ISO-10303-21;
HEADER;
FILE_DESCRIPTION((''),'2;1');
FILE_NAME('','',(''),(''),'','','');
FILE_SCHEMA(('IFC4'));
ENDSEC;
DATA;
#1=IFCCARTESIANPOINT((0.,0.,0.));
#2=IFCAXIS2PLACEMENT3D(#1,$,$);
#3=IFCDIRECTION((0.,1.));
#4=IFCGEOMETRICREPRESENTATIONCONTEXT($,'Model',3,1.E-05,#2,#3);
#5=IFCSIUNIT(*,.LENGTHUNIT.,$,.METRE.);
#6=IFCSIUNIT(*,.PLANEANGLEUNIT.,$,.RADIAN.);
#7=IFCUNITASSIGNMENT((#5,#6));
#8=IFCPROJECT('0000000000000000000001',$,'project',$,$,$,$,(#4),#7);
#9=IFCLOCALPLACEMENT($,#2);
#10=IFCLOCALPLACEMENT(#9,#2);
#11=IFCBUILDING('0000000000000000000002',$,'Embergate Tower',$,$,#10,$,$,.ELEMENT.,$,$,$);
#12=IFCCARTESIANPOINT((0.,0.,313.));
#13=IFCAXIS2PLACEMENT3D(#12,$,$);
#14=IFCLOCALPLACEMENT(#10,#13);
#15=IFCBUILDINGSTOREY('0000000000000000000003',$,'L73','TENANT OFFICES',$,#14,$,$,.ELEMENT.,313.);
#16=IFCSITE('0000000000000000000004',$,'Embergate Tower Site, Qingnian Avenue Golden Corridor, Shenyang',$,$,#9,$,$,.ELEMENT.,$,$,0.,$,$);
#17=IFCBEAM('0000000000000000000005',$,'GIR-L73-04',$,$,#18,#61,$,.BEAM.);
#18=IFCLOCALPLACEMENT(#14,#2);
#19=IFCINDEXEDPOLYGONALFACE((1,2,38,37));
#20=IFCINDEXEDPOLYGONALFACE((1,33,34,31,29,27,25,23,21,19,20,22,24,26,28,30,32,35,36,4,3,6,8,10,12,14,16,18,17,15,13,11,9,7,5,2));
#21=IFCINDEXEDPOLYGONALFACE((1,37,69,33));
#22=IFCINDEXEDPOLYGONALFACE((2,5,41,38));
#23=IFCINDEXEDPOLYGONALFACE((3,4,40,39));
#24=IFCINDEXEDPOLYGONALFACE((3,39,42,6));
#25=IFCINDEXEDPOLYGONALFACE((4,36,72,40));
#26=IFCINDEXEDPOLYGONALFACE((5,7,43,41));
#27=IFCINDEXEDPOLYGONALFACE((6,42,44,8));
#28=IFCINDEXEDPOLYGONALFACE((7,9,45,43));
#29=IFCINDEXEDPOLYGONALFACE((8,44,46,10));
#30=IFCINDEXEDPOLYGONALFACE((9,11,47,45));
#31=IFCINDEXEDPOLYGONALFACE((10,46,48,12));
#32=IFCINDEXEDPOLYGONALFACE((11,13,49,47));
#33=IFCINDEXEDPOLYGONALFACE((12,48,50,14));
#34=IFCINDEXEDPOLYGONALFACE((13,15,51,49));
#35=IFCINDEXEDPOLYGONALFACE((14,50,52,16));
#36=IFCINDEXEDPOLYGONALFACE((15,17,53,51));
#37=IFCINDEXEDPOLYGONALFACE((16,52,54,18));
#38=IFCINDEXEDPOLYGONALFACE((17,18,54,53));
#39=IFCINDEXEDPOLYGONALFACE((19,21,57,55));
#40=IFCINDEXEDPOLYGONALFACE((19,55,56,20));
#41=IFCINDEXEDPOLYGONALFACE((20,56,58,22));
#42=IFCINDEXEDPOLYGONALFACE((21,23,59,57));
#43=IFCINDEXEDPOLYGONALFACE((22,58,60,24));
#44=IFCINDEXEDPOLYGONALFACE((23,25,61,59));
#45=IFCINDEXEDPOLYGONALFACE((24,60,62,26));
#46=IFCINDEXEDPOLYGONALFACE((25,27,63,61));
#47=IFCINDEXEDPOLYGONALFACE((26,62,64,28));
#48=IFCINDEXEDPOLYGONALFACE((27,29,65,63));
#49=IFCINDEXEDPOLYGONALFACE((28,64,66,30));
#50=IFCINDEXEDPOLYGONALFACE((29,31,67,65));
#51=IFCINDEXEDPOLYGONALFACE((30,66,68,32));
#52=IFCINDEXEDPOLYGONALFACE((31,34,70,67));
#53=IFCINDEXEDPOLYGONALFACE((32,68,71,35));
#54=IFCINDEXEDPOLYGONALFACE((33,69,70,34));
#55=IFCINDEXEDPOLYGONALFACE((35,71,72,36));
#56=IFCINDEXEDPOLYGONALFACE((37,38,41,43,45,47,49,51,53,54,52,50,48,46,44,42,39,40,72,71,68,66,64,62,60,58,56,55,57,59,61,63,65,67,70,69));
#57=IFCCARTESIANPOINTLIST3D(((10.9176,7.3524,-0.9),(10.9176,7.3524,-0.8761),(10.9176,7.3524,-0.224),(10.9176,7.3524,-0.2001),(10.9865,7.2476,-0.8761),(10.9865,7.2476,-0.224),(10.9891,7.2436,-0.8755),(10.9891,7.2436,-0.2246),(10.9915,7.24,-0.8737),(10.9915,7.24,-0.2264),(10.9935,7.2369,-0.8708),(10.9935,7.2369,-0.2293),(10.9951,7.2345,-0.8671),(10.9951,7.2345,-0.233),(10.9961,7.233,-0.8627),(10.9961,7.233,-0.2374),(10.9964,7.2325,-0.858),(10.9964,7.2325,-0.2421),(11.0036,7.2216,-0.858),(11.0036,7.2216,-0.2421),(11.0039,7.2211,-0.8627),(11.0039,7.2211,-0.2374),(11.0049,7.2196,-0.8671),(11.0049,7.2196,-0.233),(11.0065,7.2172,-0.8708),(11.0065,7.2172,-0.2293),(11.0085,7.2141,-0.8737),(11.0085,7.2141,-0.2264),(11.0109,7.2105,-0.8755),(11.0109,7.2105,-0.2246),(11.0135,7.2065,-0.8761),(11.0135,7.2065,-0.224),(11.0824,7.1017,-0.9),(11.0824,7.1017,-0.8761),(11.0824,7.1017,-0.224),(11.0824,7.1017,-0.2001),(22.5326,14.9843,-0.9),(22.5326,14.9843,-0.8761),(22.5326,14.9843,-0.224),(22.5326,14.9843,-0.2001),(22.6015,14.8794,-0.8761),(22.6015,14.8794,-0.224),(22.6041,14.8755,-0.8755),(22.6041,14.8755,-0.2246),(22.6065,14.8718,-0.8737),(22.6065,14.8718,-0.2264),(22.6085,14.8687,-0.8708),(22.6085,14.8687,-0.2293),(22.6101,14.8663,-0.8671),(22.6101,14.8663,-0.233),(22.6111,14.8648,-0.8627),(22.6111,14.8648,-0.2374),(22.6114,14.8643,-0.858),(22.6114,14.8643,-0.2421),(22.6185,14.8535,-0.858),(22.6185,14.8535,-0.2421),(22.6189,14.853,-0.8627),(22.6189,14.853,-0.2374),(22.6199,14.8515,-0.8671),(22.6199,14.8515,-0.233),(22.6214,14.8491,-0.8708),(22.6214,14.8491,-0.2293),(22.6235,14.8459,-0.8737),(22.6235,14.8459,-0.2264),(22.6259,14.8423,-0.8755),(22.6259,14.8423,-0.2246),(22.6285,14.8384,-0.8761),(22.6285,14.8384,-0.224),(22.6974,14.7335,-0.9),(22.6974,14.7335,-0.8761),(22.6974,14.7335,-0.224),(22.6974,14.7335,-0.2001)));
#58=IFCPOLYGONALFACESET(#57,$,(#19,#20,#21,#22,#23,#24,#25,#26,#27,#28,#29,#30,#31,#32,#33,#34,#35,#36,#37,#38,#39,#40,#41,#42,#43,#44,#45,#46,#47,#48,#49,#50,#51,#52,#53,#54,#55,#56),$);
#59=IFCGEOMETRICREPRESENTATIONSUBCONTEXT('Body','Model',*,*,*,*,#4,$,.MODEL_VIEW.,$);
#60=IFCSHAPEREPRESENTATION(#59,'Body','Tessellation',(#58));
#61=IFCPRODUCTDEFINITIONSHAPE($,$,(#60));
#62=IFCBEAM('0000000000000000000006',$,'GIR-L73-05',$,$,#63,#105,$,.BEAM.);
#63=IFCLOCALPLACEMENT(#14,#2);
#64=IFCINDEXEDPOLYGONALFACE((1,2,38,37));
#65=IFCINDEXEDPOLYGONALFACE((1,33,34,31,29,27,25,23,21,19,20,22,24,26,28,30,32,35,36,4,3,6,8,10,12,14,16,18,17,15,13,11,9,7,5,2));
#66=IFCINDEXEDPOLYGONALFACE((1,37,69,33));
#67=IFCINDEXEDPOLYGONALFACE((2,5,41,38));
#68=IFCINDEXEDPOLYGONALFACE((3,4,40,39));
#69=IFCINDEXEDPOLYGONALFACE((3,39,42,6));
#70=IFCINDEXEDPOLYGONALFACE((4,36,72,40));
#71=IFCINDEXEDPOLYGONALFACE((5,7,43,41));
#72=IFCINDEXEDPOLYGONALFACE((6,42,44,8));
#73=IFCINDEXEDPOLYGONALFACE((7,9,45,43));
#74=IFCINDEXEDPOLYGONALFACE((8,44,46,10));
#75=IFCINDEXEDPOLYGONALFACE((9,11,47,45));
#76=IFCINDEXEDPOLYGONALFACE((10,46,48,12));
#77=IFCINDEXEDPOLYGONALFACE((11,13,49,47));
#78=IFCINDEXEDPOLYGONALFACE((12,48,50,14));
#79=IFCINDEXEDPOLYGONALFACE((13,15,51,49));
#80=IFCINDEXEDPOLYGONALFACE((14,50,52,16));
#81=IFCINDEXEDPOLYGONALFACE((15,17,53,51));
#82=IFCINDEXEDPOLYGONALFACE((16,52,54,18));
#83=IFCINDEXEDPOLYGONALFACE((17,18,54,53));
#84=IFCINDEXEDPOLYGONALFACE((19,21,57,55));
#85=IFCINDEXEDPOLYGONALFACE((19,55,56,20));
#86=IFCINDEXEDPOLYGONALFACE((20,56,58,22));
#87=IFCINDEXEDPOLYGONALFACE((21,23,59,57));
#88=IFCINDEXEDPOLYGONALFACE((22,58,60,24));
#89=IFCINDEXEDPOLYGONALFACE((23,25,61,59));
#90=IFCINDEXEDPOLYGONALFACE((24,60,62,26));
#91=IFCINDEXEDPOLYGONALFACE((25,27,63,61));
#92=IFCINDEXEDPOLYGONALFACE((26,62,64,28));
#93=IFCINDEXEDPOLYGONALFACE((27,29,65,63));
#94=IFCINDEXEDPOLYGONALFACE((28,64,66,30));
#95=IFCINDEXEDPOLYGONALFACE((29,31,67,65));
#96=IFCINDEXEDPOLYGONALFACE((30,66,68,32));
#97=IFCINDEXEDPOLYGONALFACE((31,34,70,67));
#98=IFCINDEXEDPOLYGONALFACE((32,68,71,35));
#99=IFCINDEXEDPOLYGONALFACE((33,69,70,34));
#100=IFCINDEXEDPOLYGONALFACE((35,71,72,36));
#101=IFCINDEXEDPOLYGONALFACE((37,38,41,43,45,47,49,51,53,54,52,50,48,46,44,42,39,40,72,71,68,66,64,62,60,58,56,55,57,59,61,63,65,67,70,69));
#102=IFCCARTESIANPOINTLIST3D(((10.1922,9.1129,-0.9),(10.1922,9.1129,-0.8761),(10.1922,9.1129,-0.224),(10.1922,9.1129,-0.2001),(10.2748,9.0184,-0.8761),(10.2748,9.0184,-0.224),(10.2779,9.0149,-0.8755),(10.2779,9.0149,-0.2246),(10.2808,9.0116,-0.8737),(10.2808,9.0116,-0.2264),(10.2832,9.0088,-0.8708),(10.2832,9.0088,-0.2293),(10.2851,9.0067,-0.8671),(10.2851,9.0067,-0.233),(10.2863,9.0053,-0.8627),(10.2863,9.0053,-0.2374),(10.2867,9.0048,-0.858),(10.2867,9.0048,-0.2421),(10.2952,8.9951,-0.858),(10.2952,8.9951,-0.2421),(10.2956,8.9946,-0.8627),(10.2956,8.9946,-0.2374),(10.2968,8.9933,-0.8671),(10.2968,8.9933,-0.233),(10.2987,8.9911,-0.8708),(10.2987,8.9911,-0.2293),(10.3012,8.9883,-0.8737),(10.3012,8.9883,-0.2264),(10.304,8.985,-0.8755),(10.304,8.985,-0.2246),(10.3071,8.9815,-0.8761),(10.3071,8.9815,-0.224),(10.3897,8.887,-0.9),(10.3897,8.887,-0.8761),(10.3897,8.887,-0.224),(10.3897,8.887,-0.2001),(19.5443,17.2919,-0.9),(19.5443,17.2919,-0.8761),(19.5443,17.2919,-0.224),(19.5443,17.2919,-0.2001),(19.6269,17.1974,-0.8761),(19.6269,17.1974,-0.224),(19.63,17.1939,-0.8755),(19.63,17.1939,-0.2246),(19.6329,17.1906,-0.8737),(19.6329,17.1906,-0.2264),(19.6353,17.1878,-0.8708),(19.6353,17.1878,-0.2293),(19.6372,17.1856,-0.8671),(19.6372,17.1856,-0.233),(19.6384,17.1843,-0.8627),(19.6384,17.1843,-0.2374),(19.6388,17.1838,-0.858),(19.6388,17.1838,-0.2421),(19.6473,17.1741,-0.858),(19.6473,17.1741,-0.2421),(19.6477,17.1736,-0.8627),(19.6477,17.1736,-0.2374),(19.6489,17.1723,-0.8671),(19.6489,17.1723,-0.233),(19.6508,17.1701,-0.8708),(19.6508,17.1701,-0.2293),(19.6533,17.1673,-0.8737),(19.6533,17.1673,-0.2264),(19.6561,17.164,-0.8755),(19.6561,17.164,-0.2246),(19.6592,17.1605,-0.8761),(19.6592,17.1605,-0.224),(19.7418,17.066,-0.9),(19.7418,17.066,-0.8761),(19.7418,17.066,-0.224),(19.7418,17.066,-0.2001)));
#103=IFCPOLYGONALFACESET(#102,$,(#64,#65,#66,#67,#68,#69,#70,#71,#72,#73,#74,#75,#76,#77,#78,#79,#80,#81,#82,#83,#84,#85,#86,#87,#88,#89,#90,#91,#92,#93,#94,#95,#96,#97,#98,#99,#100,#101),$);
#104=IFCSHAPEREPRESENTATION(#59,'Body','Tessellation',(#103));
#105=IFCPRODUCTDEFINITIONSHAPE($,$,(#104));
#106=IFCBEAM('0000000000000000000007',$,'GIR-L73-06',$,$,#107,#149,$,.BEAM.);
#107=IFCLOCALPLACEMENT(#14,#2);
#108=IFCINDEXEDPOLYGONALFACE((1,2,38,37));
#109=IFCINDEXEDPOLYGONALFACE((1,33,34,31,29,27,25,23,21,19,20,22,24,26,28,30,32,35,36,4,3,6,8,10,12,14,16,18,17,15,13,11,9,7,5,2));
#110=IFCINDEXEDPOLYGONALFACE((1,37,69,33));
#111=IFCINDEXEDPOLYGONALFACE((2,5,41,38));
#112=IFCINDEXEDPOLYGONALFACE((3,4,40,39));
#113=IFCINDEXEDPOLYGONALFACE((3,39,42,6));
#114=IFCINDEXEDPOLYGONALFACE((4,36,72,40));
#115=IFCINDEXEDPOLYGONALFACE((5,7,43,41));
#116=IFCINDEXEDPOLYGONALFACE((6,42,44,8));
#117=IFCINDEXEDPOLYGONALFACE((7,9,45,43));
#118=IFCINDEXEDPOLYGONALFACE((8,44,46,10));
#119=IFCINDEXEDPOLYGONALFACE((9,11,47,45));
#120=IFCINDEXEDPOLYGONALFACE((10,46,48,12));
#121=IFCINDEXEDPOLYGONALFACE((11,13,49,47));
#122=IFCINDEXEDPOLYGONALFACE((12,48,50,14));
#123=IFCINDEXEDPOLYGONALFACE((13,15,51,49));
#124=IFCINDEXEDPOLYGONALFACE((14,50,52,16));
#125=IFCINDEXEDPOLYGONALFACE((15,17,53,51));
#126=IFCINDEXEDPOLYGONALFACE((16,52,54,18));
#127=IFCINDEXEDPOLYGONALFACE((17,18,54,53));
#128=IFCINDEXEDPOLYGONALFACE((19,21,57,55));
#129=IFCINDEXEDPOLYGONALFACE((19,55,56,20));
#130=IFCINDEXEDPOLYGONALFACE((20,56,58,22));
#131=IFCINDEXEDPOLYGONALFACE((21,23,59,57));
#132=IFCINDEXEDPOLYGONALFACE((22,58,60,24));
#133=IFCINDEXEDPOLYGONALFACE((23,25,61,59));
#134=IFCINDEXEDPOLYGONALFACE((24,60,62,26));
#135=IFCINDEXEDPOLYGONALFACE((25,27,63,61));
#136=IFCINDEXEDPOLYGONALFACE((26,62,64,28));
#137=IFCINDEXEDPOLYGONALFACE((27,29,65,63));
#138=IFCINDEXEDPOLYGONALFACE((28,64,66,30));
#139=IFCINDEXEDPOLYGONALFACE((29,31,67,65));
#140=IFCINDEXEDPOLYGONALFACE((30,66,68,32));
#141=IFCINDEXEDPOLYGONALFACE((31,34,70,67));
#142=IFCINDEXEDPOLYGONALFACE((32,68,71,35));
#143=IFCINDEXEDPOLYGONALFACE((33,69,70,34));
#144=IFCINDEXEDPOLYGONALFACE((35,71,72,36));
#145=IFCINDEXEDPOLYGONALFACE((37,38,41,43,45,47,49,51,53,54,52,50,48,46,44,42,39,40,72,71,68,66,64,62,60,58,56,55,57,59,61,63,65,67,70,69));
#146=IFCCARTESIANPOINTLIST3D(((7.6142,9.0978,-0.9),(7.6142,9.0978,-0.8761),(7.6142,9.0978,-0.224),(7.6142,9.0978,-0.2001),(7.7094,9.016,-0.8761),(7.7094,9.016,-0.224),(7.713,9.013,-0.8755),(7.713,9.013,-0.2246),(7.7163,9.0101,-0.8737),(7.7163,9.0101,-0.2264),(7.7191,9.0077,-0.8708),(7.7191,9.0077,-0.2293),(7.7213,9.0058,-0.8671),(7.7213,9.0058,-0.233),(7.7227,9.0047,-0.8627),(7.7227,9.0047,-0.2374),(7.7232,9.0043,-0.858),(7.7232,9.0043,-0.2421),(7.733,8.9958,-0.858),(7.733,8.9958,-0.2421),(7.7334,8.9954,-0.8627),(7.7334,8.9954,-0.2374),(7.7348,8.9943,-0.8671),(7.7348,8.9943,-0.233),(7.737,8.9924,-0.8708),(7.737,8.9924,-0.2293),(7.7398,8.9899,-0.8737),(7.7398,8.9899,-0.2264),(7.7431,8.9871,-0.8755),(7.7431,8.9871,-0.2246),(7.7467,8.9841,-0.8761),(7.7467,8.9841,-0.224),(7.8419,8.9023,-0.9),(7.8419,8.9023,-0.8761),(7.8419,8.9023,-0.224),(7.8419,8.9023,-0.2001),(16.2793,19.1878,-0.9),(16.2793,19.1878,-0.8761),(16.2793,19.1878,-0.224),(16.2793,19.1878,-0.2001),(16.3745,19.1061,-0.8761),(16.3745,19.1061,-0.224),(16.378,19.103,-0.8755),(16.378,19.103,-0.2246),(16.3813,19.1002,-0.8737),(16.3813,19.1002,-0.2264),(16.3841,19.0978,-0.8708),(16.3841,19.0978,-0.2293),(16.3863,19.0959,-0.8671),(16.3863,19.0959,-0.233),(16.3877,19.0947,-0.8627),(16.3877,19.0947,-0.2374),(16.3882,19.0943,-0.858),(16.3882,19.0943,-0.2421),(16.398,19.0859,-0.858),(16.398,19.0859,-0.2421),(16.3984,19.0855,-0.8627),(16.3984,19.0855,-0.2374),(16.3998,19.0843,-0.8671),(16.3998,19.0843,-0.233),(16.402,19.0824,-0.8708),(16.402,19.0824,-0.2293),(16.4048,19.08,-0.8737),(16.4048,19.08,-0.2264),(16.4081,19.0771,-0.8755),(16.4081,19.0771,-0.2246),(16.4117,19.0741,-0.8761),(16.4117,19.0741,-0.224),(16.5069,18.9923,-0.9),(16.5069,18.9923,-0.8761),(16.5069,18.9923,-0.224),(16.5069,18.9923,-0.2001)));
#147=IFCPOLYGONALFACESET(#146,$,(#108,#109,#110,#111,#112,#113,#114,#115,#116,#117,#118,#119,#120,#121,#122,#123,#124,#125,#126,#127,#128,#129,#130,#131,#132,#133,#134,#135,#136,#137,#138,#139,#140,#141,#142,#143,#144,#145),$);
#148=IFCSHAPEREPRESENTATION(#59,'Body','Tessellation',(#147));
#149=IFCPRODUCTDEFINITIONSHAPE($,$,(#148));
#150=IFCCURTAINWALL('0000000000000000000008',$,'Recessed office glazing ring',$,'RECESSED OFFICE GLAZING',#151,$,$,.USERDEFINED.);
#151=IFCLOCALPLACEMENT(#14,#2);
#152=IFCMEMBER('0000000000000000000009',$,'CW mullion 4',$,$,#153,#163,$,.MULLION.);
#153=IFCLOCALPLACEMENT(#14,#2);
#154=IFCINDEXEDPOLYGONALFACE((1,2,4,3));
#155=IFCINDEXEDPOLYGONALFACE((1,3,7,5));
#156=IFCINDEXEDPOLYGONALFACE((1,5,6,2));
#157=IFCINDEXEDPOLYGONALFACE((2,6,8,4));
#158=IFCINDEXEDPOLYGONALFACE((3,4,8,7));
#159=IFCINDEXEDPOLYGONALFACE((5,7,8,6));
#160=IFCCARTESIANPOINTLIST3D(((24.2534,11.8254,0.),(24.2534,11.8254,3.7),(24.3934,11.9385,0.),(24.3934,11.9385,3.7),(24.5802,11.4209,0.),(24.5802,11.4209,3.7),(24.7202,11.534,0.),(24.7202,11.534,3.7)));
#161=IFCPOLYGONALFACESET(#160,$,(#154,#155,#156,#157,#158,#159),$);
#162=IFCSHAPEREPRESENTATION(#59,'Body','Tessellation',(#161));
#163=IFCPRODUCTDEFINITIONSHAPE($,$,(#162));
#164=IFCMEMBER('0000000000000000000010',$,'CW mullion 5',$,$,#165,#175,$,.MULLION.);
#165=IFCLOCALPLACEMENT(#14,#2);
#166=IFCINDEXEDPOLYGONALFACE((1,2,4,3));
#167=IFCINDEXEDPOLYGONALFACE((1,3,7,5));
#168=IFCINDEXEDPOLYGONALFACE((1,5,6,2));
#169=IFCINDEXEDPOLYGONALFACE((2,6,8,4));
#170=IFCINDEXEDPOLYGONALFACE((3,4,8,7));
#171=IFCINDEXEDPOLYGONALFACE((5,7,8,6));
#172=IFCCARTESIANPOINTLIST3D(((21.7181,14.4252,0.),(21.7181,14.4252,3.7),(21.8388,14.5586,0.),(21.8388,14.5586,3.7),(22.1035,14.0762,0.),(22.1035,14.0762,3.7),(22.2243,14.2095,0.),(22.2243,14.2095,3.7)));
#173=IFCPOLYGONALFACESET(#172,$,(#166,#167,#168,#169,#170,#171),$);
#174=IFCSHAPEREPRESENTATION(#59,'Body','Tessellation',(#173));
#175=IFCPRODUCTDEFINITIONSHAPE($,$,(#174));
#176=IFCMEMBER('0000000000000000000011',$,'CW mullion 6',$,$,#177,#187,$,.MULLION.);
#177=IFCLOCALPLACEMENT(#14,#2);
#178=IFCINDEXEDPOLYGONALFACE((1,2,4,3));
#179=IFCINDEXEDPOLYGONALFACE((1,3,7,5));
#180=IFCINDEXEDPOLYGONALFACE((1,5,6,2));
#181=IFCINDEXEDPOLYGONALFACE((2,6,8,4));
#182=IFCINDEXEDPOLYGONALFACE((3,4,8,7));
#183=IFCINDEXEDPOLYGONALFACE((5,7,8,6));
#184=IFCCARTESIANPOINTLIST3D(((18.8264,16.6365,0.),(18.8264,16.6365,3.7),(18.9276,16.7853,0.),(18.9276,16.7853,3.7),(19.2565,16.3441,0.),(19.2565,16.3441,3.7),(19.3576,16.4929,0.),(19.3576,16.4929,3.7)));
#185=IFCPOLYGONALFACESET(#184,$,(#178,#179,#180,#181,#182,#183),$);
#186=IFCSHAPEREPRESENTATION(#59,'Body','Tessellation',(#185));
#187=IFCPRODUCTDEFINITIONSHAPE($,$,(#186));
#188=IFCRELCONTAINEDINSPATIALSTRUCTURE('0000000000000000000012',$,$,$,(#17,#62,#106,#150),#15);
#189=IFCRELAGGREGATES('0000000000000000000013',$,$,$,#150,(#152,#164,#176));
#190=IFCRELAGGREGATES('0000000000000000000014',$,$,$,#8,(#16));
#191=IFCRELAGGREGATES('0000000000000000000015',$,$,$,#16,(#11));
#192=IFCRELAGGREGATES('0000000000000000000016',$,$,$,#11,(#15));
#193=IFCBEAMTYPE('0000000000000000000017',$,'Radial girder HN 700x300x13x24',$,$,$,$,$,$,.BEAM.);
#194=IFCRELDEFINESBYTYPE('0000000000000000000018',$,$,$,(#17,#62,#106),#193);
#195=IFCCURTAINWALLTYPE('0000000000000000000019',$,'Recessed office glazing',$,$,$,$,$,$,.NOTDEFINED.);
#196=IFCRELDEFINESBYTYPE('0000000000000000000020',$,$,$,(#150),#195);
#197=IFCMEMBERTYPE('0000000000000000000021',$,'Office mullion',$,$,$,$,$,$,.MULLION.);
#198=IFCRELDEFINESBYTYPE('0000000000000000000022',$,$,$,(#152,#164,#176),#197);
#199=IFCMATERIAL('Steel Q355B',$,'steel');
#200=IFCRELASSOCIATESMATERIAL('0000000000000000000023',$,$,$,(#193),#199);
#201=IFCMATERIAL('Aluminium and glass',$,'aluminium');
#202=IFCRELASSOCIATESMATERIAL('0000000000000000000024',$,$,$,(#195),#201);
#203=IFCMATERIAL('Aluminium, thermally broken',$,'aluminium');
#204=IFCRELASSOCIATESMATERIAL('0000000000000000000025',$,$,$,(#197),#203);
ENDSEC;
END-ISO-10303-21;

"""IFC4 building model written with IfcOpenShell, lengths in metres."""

from ifc_helpers import new_model, si_unit, direction, frame, origin, origin_2d, place, context, subcontext, project, spatial, rectangle, i_section, extrude, source, transform, mapped, material, material_profile, profile_set, type_object, element, aggregate, save


model = new_model("IFC4")

# Units and contexts
model_context = context("Model", 3, precision=1e-05, world=origin(), true_north=direction((0.0, 1.0)))
body_context = subcontext(model_context, "Body", "Model", "MODEL_VIEW")
ifc_project = project(units=[si_unit("LENGTHUNIT", "METRE"), si_unit("PLANEANGLEUNIT", "RADIAN")], contexts=[model_context])

# Site, building, storey
site_placement = place(None, origin())
site = spatial("IfcSite", under=ifc_project, at=site_placement, Name="Embergate Tower Site, Qingnian Avenue Golden Corridor, Shenyang", CompositionType="ELEMENT", RefElevation=0.0)
building_placement = place(site_placement, origin())
building = spatial("IfcBuilding", under=site, at=building_placement, Name="Embergate Tower", CompositionType="ELEMENT")
storey_placement = place(building_placement, frame((0.0, 0.0, 313.0)))
storey = spatial("IfcBuildingStorey", under=building, at=storey_placement, Name="L73", Description="TENANT OFFICES", CompositionType="ELEMENT", Elevation=313.0)

# Beams
ifc_material_1 = material(Name="Steel Q355B", Category="steel")
ifc_material_profile_1 = material_profile(ifc_material_1, i_section(OverallWidth=0.3, OverallDepth=0.7, WebThickness=0.0129, FlangeThickness=0.0239, FilletRadius=0.0181, at=origin_2d()), Name="HN 700x300x13x24")
ifc_profile_set_1 = profile_set([ifc_material_profile_1], Name="Steel Q355 grade B")
beam_type_1 = type_object("IfcBeamType", Name="Radial girder HN 700x300x13x24", PredefinedType="BEAM", material=ifc_profile_set_1)
shared_shape_1 = source(origin(), body_context, "Body", "SweptSolid", [
    extrude(i_section(OverallWidth=0.3, OverallDepth=0.7, WebThickness=0.0129, FlangeThickness=0.0239, FilletRadius=0.0181, at=origin_2d()), origin(), (0.0, 0.0, 1.0), 13.8979),
])
beam_1_placement = place(storey_placement, frame((22.615, 14.8589, -0.55), z_axis=(-0.835734, -0.549134, 0.0), x_axis=(0.549134, -0.835734, 0.0)))
element("IfcBeam", 1, at=beam_1_placement, inside=storey, type_object=beam_type_1, Name="GIR-L73-04", PredefinedType="BEAM", context=body_context, shape_type="MappedRepresentation", body=[
    mapped(shared_shape_1, transform((0.0, 0.0, 0.0))),
])
shared_shape_2 = source(origin(), body_context, "Body", "SweptSolid", [
    extrude(i_section(OverallWidth=0.3, OverallDepth=0.7, WebThickness=0.0129, FlangeThickness=0.0239, FilletRadius=0.0181, at=origin_2d()), origin(), (0.0, 0.0, 1.0), 12.4241),
])
beam_2_placement = place(storey_placement, frame((19.6431, 17.179, -0.55), z_axis=(-0.75274, -0.658318, 0.0), x_axis=(0.658318, -0.75274, 0.0)))
element("IfcBeam", 2, at=beam_2_placement, inside=storey, type_object=beam_type_1, Name="GIR-L73-05", PredefinedType="BEAM", context=body_context, shape_type="MappedRepresentation", body=[
    mapped(shared_shape_2, transform((0.0, 0.0, 0.0))),
])
shared_shape_3 = source(origin(), body_context, "Body", "SweptSolid", [
    extrude(i_section(OverallWidth=0.3, OverallDepth=0.7, WebThickness=0.0129, FlangeThickness=0.0239, FilletRadius=0.0181, at=origin_2d()), origin(), (0.0, 0.0, 1.0), 13.3),
])
beam_3_placement = place(storey_placement, frame((16.3931, 19.0901, -0.55), z_axis=(-0.651502, -0.758647, 0.0), x_axis=(0.758647, -0.651502, 0.0)))
element("IfcBeam", 3, at=beam_3_placement, inside=storey, type_object=beam_type_1, Name="GIR-L73-06", PredefinedType="BEAM", context=body_context, shape_type="MappedRepresentation", body=[
    mapped(shared_shape_3, transform((0.0, 0.0, 0.0))),
])

# Curtain wall, members
ifc_material_2 = material(Name="Aluminium and glass", Category="aluminium")
curtain_wall_type = type_object("IfcCurtainWallType", Name="Recessed office glazing", PredefinedType="NOTDEFINED", material=ifc_material_2)
curtain_wall_placement = place(storey_placement, origin())
curtain_wall = element("IfcCurtainWall", 4, at=curtain_wall_placement, inside=storey, type_object=curtain_wall_type, Name="Recessed office glazing ring", ObjectType="RECESSED OFFICE GLAZING", PredefinedType="USERDEFINED")
ifc_material_3 = material(Name="Aluminium, thermally broken", Category="aluminium")
ifc_material_profile_2 = material_profile(ifc_material_3, rectangle(XDim=0.1799, YDim=0.52, at=origin_2d()), Name="AL 520x180")
ifc_profile_set_2 = profile_set([ifc_material_profile_2], Name="Aluminium, thermally broken")
member_type_1 = type_object("IfcMemberType", Name="Office mullion", PredefinedType="MULLION", material=ifc_profile_set_2)
shared_shape_4 = source(origin(), body_context, "Body", "SweptSolid", [
    extrude(rectangle(XDim=0.1799, YDim=0.52, at=origin_2d()), origin(), (0.0, 0.0, 1.0), 3.7),
])
member_1_placement = place(storey_placement, frame((24.4868, 11.6797, 0.0), z_axis=(0.0, 0.0, 1.0), x_axis=(-0.777862, -0.628436, 0.0)))
member_1 = element("IfcMember", 5, at=member_1_placement, type_object=member_type_1, Name="CW mullion 4", PredefinedType="MULLION", context=body_context, shape_type="MappedRepresentation", body=[
    mapped(shared_shape_4, transform((0.0, 0.0, 0.0))),
])
member_2_placement = place(storey_placement, frame((21.9712, 14.3174, 0.0), z_axis=(0.0, 0.0, 1.0), x_axis=(-0.671217, -0.74126, 0.0)))
member_2 = element("IfcMember", 6, at=member_2_placement, type_object=member_type_1, Name="CW mullion 5", PredefinedType="MULLION", context=body_context, shape_type="MappedRepresentation", body=[
    mapped(shared_shape_4, transform((0.0, 0.0, 0.0))),
])
member_3_placement = place(storey_placement, frame((19.092, 16.5647, 0.0), z_axis=(0.0, 0.0, 1.0), x_axis=(-0.56221, -0.826994, 0.0)))
member_3 = element("IfcMember", 7, at=member_3_placement, type_object=member_type_1, Name="CW mullion 6", PredefinedType="MULLION", context=body_context, shape_type="MappedRepresentation", body=[
    mapped(shared_shape_4, transform((0.0, 0.0, 0.0))),
])
aggregate(curtain_wall, [member_1, member_2, member_3])

save(model, "model.ifc")
